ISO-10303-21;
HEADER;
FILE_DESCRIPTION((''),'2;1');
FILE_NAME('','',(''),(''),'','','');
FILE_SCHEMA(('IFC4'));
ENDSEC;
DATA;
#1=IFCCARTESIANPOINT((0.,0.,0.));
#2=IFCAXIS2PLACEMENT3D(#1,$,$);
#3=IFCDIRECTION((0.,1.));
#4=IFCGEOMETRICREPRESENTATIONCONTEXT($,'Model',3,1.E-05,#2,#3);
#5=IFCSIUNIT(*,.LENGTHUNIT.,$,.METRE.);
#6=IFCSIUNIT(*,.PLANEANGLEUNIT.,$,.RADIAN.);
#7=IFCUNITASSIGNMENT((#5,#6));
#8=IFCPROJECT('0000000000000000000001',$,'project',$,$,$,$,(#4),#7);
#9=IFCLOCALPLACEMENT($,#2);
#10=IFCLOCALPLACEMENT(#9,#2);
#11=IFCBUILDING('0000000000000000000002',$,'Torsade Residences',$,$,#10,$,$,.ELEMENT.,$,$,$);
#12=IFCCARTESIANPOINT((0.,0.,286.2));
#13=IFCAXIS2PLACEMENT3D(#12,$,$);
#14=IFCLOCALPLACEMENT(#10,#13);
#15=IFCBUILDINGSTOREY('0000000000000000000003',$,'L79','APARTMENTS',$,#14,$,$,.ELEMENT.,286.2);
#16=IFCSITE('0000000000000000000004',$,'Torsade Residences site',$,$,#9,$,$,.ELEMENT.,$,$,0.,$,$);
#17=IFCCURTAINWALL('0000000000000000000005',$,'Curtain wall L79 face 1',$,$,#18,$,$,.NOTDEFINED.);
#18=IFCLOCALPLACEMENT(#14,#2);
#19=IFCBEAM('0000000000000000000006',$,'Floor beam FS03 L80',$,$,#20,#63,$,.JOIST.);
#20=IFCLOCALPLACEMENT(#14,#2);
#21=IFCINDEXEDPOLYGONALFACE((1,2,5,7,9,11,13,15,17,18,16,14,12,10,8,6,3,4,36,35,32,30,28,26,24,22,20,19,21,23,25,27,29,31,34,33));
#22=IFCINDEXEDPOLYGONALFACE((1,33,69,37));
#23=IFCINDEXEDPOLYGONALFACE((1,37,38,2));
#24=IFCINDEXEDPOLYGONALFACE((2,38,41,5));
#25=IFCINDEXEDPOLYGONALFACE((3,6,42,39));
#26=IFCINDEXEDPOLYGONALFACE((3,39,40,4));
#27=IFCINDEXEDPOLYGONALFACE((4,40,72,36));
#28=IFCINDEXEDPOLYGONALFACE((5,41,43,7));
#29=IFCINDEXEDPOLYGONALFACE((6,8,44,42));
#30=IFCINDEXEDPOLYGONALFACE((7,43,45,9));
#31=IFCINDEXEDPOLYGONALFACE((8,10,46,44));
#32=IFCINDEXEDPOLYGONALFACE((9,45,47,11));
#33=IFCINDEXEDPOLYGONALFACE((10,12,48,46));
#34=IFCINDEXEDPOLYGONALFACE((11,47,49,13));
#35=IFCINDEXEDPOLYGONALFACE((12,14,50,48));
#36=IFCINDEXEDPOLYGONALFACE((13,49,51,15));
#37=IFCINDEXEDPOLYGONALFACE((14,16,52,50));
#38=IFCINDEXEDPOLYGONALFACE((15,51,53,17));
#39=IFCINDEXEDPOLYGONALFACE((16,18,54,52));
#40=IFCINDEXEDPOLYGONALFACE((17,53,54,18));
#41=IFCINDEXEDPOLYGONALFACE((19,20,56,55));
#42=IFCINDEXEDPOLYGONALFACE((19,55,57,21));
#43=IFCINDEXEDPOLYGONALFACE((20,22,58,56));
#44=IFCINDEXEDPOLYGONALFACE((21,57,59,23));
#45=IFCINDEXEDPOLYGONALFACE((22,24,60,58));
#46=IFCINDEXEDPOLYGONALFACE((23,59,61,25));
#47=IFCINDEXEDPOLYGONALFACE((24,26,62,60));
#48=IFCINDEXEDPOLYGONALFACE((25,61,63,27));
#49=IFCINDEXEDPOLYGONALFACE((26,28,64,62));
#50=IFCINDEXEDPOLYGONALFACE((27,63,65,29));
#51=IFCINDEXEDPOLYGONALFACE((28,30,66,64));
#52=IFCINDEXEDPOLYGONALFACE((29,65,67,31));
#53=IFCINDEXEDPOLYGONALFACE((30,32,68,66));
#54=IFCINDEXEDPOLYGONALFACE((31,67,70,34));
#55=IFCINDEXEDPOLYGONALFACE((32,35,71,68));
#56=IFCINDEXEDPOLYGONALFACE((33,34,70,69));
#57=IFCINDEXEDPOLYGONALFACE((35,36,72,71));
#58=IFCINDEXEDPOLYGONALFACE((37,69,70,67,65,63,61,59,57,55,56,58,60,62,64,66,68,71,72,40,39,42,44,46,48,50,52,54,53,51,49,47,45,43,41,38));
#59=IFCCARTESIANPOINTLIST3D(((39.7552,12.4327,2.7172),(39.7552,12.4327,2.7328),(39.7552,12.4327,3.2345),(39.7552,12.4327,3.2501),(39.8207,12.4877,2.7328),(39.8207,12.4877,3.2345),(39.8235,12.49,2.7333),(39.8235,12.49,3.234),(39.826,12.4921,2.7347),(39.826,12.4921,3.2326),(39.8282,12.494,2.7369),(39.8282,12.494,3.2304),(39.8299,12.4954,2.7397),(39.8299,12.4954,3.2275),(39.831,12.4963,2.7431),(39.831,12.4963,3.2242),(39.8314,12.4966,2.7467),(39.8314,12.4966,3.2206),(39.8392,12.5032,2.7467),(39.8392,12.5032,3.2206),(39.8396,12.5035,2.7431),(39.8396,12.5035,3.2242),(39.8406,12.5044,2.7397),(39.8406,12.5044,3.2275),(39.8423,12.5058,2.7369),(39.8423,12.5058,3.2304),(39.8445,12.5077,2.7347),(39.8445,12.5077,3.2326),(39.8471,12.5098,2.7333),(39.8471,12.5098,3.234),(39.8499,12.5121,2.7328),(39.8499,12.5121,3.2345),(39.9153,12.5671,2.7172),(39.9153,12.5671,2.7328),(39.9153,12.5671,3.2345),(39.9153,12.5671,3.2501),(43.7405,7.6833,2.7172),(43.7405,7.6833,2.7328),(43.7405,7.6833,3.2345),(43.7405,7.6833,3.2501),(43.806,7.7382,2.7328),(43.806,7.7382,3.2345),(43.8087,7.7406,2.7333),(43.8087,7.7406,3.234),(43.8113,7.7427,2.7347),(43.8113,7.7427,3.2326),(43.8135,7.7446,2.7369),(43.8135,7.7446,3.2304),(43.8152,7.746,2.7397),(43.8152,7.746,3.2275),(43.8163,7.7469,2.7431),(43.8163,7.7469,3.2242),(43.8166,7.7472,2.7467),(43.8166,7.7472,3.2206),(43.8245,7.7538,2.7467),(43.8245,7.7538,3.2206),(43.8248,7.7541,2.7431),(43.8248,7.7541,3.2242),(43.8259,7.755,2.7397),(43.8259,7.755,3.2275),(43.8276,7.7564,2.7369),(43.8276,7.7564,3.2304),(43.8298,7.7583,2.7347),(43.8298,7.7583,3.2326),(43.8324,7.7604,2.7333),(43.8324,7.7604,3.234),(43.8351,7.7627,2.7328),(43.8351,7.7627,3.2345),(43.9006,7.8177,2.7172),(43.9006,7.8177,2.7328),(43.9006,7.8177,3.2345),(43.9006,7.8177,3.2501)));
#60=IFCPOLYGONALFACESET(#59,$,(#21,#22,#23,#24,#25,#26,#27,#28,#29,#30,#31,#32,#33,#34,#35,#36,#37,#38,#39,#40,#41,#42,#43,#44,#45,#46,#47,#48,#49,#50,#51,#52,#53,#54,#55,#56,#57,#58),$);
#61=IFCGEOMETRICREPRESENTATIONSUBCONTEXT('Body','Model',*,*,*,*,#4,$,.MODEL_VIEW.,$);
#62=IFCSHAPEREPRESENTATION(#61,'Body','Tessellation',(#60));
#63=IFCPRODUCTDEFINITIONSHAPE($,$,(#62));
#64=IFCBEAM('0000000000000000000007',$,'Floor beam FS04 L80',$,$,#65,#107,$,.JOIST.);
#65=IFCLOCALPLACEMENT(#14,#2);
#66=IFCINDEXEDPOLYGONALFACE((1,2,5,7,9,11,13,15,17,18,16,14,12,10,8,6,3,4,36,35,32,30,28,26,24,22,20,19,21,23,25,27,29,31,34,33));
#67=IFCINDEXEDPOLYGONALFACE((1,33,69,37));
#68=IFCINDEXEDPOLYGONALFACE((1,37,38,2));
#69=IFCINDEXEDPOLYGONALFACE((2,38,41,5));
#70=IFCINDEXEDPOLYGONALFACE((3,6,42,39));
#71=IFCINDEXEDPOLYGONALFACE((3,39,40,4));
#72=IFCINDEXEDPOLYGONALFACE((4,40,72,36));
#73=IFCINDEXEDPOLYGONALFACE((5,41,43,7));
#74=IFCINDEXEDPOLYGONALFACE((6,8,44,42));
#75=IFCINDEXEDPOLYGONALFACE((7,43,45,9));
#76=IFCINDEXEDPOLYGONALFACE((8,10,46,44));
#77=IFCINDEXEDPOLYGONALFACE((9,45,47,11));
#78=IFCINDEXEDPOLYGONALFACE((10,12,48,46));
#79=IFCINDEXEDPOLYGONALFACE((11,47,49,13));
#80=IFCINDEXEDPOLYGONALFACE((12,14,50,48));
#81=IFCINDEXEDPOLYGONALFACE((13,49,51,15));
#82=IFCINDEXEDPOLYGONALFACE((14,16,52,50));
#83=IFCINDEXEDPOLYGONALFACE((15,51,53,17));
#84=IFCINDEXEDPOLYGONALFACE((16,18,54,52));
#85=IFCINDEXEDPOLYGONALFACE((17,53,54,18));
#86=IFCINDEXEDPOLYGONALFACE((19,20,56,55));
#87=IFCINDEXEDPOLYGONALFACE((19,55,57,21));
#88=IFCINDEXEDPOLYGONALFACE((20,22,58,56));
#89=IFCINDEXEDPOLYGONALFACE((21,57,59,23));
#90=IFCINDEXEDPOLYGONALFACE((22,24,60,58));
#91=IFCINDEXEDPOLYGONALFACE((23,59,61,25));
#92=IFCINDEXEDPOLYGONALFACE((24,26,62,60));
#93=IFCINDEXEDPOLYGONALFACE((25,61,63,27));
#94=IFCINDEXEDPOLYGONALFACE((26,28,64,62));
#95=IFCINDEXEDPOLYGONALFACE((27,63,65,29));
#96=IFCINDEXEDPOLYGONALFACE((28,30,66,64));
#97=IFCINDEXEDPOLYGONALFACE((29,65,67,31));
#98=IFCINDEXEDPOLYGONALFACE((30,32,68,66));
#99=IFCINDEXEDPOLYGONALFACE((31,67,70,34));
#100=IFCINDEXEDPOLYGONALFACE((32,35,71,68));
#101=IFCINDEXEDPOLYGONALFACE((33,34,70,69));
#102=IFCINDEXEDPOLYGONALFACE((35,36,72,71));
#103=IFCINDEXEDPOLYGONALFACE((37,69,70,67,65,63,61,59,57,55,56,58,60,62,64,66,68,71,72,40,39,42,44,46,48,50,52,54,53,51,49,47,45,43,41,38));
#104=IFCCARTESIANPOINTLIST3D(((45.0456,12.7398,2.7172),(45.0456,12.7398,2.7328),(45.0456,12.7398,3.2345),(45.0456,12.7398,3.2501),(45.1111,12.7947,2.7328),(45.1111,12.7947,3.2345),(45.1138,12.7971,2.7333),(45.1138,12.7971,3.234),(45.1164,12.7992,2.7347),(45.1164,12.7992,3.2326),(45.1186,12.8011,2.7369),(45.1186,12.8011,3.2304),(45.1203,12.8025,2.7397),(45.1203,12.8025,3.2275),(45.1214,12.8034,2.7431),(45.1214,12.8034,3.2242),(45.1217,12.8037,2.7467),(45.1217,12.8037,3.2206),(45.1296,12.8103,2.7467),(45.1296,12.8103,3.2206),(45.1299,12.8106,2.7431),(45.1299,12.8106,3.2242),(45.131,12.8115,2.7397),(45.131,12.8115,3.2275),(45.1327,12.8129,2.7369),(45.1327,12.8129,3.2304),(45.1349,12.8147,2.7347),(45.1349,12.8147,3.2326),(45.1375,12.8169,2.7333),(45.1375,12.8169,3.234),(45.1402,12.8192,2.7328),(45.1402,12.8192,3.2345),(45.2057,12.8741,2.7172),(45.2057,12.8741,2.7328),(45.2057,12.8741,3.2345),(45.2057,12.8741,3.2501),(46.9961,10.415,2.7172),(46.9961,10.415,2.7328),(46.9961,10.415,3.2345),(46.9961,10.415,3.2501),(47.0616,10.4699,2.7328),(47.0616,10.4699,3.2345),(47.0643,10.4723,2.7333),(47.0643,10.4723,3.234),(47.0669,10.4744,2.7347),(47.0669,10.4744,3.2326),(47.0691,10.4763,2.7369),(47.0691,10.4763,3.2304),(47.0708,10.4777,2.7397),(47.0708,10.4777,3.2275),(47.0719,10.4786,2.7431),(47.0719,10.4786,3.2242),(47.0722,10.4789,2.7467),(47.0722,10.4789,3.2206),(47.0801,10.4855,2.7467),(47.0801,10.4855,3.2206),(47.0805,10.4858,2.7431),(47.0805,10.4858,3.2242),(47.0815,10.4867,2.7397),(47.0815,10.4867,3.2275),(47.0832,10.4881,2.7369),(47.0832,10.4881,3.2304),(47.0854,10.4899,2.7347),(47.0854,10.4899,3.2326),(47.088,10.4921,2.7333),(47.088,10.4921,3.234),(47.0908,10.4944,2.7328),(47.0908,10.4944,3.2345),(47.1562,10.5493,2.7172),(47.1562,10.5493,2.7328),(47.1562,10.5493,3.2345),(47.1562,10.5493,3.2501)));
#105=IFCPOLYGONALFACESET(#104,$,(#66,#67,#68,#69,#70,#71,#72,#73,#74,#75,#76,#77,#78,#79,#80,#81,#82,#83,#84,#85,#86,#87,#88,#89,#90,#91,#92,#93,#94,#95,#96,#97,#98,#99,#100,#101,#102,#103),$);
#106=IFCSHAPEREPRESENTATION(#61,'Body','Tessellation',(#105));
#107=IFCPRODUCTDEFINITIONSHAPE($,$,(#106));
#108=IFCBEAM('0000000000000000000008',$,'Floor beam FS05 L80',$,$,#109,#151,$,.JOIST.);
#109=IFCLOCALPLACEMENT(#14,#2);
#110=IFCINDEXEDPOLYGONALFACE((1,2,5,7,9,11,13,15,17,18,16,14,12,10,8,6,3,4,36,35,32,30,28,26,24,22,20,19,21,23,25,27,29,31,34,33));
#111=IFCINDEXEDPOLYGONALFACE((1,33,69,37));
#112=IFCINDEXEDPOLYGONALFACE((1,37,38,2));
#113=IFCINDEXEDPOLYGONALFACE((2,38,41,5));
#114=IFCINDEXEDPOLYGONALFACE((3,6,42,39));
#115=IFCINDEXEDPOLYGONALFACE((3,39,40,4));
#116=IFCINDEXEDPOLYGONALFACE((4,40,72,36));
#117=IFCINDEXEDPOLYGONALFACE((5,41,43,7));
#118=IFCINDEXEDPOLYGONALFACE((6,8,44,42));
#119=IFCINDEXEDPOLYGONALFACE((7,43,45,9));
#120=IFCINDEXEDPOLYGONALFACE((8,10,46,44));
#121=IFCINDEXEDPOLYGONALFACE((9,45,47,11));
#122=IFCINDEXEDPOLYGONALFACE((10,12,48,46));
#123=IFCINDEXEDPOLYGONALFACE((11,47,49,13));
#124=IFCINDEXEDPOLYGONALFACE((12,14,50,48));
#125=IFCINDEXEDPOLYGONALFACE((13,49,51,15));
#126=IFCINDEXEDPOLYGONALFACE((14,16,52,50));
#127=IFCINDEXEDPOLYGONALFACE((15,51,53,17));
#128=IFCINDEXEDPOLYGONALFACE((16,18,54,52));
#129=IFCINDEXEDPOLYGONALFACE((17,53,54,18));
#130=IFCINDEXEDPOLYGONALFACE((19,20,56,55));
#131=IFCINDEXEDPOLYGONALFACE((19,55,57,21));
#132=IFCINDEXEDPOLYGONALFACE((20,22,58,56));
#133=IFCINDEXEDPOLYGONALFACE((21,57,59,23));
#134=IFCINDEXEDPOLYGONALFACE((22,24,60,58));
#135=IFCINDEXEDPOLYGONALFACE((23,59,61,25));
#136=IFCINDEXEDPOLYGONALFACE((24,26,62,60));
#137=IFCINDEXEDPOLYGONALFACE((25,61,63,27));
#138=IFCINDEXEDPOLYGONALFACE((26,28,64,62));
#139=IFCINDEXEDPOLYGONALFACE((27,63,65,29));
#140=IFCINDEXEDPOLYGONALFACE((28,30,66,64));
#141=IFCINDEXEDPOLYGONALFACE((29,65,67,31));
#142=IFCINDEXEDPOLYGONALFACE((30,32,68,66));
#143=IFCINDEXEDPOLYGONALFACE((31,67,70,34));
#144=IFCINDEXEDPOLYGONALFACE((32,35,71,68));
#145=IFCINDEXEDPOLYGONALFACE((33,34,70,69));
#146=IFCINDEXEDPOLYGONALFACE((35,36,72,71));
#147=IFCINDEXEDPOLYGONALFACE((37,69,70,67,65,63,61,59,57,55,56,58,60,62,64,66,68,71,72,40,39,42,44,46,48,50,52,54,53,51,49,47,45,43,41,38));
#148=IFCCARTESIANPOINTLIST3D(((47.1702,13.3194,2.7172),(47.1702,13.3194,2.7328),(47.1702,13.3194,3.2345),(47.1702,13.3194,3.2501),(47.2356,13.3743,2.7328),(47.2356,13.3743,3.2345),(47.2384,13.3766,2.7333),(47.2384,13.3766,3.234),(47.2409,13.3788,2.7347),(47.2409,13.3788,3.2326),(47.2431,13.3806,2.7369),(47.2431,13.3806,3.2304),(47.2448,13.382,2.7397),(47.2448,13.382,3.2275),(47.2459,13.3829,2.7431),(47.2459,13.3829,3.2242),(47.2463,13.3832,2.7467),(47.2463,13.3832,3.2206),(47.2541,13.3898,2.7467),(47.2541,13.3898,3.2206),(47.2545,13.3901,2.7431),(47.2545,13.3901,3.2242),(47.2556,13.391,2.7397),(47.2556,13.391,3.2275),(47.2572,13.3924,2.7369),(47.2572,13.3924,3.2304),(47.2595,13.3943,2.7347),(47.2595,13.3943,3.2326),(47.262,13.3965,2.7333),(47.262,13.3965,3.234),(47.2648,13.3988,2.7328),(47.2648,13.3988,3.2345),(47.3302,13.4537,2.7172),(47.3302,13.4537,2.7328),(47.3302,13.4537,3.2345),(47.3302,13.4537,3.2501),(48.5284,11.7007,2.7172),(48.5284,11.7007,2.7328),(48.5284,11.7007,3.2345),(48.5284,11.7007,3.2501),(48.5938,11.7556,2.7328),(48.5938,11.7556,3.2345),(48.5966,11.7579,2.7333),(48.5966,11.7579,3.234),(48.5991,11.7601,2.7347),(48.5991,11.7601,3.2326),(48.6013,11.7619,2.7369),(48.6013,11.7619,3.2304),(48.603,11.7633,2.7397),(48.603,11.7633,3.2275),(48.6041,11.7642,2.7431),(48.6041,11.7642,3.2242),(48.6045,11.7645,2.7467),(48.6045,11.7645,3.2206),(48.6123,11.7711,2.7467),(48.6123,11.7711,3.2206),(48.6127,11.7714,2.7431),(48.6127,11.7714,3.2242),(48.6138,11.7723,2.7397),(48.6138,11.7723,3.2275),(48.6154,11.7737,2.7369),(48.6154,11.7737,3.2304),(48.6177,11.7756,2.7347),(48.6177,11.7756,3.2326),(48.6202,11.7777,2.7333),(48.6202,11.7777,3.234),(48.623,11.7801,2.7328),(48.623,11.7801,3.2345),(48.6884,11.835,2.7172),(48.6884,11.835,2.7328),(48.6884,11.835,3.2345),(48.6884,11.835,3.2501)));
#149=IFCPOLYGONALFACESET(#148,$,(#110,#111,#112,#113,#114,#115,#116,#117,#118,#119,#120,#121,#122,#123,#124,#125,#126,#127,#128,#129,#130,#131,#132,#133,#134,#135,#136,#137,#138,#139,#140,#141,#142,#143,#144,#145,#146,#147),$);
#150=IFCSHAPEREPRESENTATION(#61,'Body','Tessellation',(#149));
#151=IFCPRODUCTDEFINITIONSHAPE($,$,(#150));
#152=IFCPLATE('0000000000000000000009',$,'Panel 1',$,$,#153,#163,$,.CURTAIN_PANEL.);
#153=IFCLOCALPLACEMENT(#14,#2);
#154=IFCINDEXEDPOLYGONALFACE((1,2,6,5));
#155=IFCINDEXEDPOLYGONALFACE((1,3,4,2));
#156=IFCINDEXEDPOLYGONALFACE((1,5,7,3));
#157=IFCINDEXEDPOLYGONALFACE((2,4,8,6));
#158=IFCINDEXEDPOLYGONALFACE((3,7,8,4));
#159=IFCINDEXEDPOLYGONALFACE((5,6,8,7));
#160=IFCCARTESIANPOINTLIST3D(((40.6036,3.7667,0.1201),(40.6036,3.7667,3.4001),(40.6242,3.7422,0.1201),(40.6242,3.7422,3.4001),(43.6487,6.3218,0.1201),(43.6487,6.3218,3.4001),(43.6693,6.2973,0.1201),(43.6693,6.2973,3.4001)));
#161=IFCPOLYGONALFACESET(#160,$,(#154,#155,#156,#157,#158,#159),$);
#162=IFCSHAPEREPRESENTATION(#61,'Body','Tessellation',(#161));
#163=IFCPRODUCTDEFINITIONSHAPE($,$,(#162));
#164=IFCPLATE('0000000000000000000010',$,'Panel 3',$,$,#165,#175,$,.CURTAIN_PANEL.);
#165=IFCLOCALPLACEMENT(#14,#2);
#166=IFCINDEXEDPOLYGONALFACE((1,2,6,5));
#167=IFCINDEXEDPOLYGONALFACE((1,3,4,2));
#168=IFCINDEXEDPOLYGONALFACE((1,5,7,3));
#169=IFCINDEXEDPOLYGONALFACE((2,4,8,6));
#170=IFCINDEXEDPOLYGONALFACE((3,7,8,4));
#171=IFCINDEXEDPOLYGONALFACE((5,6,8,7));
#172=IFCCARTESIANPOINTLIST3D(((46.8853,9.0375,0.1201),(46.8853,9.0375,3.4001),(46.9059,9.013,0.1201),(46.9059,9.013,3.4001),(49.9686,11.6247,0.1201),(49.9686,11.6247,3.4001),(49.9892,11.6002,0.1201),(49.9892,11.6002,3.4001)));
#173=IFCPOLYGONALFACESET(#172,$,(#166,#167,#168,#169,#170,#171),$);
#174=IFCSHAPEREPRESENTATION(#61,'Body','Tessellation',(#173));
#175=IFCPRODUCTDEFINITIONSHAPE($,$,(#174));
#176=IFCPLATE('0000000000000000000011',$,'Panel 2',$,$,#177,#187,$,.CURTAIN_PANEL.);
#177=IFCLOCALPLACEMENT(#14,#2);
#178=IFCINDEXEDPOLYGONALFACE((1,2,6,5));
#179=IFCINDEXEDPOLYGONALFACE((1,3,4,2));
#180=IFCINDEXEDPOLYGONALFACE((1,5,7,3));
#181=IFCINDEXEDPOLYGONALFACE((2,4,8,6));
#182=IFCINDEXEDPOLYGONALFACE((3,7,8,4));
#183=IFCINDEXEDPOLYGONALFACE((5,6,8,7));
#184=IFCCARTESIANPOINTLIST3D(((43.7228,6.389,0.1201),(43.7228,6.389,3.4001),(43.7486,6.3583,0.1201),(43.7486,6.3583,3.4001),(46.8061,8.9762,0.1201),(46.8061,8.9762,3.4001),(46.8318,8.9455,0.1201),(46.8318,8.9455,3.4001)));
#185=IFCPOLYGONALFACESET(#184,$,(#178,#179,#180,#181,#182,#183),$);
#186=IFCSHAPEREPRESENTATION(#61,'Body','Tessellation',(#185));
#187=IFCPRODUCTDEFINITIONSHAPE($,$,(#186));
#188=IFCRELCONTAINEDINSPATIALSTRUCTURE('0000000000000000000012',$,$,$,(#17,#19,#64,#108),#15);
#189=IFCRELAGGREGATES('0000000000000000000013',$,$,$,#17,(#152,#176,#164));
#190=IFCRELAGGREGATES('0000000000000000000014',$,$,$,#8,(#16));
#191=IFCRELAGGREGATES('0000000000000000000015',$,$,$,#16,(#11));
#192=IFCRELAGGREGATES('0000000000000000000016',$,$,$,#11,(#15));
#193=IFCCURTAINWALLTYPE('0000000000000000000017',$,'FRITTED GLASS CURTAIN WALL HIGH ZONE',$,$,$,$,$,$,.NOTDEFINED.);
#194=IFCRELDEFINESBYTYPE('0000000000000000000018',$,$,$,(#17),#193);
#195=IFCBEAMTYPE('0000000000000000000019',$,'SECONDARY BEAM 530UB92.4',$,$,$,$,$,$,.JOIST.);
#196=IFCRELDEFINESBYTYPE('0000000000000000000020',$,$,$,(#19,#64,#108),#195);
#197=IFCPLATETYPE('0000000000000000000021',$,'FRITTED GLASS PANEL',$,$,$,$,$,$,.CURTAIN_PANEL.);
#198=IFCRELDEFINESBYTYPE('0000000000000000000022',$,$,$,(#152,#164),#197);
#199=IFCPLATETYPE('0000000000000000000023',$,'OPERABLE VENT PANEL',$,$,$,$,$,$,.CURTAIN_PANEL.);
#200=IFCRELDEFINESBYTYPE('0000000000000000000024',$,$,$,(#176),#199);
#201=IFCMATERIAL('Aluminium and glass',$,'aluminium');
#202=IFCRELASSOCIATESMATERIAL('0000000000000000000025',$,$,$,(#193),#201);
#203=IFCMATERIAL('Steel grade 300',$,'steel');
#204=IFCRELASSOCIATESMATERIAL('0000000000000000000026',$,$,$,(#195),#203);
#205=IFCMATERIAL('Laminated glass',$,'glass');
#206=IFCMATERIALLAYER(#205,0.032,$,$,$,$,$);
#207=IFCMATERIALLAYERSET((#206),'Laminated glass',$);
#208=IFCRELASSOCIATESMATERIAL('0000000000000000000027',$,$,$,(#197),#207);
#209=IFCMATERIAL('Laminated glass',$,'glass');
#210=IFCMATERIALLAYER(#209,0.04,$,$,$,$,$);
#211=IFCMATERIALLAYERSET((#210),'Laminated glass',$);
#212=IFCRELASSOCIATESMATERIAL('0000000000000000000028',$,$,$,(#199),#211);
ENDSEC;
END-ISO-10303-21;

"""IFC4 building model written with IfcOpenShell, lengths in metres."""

from ifc_helpers import new_model, si_unit, direction, frame, origin, origin_2d, place, context, subcontext, project, spatial, rectangle, i_section, extrude, material, layer, layer_set, material_profile, profile_set, type_object, element, aggregate, save


model = new_model("IFC4")

# Units and contexts
model_context = context("Model", 3, precision=1e-05, world=origin(), true_north=direction((0.0, 1.0)))
body_context = subcontext(model_context, "Body", "Model", "MODEL_VIEW")
ifc_project = project(units=[si_unit("LENGTHUNIT", "METRE"), si_unit("PLANEANGLEUNIT", "RADIAN")], contexts=[model_context])

# Site, building, storey
site_placement = place(None, origin())
site = spatial("IfcSite", under=ifc_project, at=site_placement, Name="Torsade Residences site", CompositionType="ELEMENT", RefElevation=0.0)
building_placement = place(site_placement, origin())
building = spatial("IfcBuilding", under=site, at=building_placement, Name="Torsade Residences", CompositionType="ELEMENT")
storey_placement = place(building_placement, frame((0.0, 0.0, 286.2)))
storey = spatial("IfcBuildingStorey", under=building, at=storey_placement, Name="L79", Description="APARTMENTS", CompositionType="ELEMENT", Elevation=286.2)

# Curtain wall
ifc_material_1 = material(Name="Aluminium and glass", Category="aluminium")
curtain_wall_type = type_object("IfcCurtainWallType", Name="FRITTED GLASS CURTAIN WALL HIGH ZONE", PredefinedType="NOTDEFINED", material=ifc_material_1)
curtain_wall_placement = place(storey_placement, origin())
curtain_wall = element("IfcCurtainWall", 1, at=curtain_wall_placement, inside=storey, type_object=curtain_wall_type, Name="Curtain wall L79 face 1", PredefinedType="NOTDEFINED")

# Beams
ifc_material_2 = material(Name="Steel grade 300", Category="steel")
ifc_material_profile_1 = material_profile(ifc_material_2, i_section(OverallWidth=0.209, OverallDepth=0.533, WebThickness=0.0103, FlangeThickness=0.0156, FilletRadius=0.0139, at=origin_2d()), Name="530UB92.4")
ifc_profile_set_1 = profile_set([ifc_material_profile_1], Name="Steel grade 300")
beam_type_1 = type_object("IfcBeamType", Name="SECONDARY BEAM 530UB92.4", PredefinedType="JOIST", material=ifc_profile_set_1)
beam_1_placement = place(storey_placement, frame((43.8206, 7.7505, 2.9836), z_axis=(-0.642791, 0.766041, 0.0), x_axis=(-0.766041, -0.642791, 0.0)))
element("IfcBeam", 2, at=beam_1_placement, inside=storey, type_object=beam_type_1, Name="Floor beam FS03 L80", PredefinedType="JOIST", context=body_context, shape_type="SweptSolid", body=[
    extrude(i_section(OverallWidth=0.209, OverallDepth=0.533, WebThickness=0.0103, FlangeThickness=0.0156, FilletRadius=0.0139, at=origin_2d()), origin(), (0.0, 0.0, 1.0), 6.2),
])
beam_2_placement = place(storey_placement, frame((47.0762, 10.4822, 2.9836), z_axis=(-0.642745, 0.76608, 0.0), x_axis=(-0.76608, -0.642745, 0.0)))
element("IfcBeam", 3, at=beam_2_placement, inside=storey, type_object=beam_type_1, Name="Floor beam FS04 L80", PredefinedType="JOIST", context=body_context, shape_type="SweptSolid", body=[
    extrude(i_section(OverallWidth=0.209, OverallDepth=0.533, WebThickness=0.0103, FlangeThickness=0.0156, FilletRadius=0.0139, at=origin_2d()), origin(), (0.0, 0.0, 1.0), 3.0347),
])
beam_3_placement = place(storey_placement, frame((48.6084, 11.7678, 2.9836), z_axis=(-0.642772, 0.766058, 0.0), x_axis=(-0.766058, -0.642772, 0.0)))
element("IfcBeam", 4, at=beam_3_placement, inside=storey, type_object=beam_type_1, Name="Floor beam FS05 L80", PredefinedType="JOIST", context=body_context, shape_type="SweptSolid", body=[
    extrude(i_section(OverallWidth=0.209, OverallDepth=0.533, WebThickness=0.0103, FlangeThickness=0.0156, FilletRadius=0.0139, at=origin_2d()), origin(), (0.0, 0.0, 1.0), 2.113),
])

# Plates
ifc_material_3 = material(Name="Laminated glass", Category="glass")
ifc_layer_1 = layer(ifc_material_3, 0.032)
ifc_layer_set_1 = layer_set([ifc_layer_1], Name="Laminated glass")
plate_type_1 = type_object("IfcPlateType", Name="FRITTED GLASS PANEL", PredefinedType="CURTAIN_PANEL", material=ifc_layer_set_1)
plate_1_placement = place(storey_placement, frame((42.1365, 5.032, 0.1201), z_axis=(0.0, 0.0, 1.0), x_axis=(0.766044, 0.642788, 0.0)))
plate_1 = element("IfcPlate", 5, at=plate_1_placement, type_object=plate_type_1, Name="Panel 1", PredefinedType="CURTAIN_PANEL", context=body_context, shape_type="SweptSolid", body=[
    extrude(rectangle(XDim=3.9751, YDim=0.032, at=origin_2d()), origin(), (0.0, 0.0, 1.0), 3.28),
])
plate_2_placement = place(storey_placement, frame((48.4373, 10.3188, 0.1201), z_axis=(0.0, 0.0, 1.0), x_axis=(0.766044, 0.642788, 0.0)))
plate_2 = element("IfcPlate", 6, at=plate_2_placement, type_object=plate_type_1, Name="Panel 3", PredefinedType="CURTAIN_PANEL", context=body_context, shape_type="SweptSolid", body=[
    extrude(rectangle(XDim=4.0249, YDim=0.032, at=origin_2d()), origin(), (0.0, 0.0, 1.0), 3.28),
])
ifc_material_4 = material(Name="Laminated glass", Category="glass")
ifc_layer_2 = layer(ifc_material_4, 0.04)
ifc_layer_set_2 = layer_set([ifc_layer_2], Name="Laminated glass")
plate_type_2 = type_object("IfcPlateType", Name="OPERABLE VENT PANEL", PredefinedType="CURTAIN_PANEL", material=ifc_layer_set_2)
plate_3_placement = place(storey_placement, frame((45.2773, 7.6672, 0.1201), z_axis=(0.0, 0.0, 1.0), x_axis=(0.766044, 0.642788, 0.0)))
plate_3 = element("IfcPlate", 7, at=plate_3_placement, type_object=plate_type_2, Name="Panel 2", PredefinedType="CURTAIN_PANEL", context=body_context, shape_type="SweptSolid", body=[
    extrude(rectangle(XDim=4.0249, YDim=0.04, at=origin_2d()), origin(), (0.0, 0.0, 1.0), 3.28),
])
aggregate(curtain_wall, [plate_1, plate_3, plate_2])

save(model, "model.ifc")
